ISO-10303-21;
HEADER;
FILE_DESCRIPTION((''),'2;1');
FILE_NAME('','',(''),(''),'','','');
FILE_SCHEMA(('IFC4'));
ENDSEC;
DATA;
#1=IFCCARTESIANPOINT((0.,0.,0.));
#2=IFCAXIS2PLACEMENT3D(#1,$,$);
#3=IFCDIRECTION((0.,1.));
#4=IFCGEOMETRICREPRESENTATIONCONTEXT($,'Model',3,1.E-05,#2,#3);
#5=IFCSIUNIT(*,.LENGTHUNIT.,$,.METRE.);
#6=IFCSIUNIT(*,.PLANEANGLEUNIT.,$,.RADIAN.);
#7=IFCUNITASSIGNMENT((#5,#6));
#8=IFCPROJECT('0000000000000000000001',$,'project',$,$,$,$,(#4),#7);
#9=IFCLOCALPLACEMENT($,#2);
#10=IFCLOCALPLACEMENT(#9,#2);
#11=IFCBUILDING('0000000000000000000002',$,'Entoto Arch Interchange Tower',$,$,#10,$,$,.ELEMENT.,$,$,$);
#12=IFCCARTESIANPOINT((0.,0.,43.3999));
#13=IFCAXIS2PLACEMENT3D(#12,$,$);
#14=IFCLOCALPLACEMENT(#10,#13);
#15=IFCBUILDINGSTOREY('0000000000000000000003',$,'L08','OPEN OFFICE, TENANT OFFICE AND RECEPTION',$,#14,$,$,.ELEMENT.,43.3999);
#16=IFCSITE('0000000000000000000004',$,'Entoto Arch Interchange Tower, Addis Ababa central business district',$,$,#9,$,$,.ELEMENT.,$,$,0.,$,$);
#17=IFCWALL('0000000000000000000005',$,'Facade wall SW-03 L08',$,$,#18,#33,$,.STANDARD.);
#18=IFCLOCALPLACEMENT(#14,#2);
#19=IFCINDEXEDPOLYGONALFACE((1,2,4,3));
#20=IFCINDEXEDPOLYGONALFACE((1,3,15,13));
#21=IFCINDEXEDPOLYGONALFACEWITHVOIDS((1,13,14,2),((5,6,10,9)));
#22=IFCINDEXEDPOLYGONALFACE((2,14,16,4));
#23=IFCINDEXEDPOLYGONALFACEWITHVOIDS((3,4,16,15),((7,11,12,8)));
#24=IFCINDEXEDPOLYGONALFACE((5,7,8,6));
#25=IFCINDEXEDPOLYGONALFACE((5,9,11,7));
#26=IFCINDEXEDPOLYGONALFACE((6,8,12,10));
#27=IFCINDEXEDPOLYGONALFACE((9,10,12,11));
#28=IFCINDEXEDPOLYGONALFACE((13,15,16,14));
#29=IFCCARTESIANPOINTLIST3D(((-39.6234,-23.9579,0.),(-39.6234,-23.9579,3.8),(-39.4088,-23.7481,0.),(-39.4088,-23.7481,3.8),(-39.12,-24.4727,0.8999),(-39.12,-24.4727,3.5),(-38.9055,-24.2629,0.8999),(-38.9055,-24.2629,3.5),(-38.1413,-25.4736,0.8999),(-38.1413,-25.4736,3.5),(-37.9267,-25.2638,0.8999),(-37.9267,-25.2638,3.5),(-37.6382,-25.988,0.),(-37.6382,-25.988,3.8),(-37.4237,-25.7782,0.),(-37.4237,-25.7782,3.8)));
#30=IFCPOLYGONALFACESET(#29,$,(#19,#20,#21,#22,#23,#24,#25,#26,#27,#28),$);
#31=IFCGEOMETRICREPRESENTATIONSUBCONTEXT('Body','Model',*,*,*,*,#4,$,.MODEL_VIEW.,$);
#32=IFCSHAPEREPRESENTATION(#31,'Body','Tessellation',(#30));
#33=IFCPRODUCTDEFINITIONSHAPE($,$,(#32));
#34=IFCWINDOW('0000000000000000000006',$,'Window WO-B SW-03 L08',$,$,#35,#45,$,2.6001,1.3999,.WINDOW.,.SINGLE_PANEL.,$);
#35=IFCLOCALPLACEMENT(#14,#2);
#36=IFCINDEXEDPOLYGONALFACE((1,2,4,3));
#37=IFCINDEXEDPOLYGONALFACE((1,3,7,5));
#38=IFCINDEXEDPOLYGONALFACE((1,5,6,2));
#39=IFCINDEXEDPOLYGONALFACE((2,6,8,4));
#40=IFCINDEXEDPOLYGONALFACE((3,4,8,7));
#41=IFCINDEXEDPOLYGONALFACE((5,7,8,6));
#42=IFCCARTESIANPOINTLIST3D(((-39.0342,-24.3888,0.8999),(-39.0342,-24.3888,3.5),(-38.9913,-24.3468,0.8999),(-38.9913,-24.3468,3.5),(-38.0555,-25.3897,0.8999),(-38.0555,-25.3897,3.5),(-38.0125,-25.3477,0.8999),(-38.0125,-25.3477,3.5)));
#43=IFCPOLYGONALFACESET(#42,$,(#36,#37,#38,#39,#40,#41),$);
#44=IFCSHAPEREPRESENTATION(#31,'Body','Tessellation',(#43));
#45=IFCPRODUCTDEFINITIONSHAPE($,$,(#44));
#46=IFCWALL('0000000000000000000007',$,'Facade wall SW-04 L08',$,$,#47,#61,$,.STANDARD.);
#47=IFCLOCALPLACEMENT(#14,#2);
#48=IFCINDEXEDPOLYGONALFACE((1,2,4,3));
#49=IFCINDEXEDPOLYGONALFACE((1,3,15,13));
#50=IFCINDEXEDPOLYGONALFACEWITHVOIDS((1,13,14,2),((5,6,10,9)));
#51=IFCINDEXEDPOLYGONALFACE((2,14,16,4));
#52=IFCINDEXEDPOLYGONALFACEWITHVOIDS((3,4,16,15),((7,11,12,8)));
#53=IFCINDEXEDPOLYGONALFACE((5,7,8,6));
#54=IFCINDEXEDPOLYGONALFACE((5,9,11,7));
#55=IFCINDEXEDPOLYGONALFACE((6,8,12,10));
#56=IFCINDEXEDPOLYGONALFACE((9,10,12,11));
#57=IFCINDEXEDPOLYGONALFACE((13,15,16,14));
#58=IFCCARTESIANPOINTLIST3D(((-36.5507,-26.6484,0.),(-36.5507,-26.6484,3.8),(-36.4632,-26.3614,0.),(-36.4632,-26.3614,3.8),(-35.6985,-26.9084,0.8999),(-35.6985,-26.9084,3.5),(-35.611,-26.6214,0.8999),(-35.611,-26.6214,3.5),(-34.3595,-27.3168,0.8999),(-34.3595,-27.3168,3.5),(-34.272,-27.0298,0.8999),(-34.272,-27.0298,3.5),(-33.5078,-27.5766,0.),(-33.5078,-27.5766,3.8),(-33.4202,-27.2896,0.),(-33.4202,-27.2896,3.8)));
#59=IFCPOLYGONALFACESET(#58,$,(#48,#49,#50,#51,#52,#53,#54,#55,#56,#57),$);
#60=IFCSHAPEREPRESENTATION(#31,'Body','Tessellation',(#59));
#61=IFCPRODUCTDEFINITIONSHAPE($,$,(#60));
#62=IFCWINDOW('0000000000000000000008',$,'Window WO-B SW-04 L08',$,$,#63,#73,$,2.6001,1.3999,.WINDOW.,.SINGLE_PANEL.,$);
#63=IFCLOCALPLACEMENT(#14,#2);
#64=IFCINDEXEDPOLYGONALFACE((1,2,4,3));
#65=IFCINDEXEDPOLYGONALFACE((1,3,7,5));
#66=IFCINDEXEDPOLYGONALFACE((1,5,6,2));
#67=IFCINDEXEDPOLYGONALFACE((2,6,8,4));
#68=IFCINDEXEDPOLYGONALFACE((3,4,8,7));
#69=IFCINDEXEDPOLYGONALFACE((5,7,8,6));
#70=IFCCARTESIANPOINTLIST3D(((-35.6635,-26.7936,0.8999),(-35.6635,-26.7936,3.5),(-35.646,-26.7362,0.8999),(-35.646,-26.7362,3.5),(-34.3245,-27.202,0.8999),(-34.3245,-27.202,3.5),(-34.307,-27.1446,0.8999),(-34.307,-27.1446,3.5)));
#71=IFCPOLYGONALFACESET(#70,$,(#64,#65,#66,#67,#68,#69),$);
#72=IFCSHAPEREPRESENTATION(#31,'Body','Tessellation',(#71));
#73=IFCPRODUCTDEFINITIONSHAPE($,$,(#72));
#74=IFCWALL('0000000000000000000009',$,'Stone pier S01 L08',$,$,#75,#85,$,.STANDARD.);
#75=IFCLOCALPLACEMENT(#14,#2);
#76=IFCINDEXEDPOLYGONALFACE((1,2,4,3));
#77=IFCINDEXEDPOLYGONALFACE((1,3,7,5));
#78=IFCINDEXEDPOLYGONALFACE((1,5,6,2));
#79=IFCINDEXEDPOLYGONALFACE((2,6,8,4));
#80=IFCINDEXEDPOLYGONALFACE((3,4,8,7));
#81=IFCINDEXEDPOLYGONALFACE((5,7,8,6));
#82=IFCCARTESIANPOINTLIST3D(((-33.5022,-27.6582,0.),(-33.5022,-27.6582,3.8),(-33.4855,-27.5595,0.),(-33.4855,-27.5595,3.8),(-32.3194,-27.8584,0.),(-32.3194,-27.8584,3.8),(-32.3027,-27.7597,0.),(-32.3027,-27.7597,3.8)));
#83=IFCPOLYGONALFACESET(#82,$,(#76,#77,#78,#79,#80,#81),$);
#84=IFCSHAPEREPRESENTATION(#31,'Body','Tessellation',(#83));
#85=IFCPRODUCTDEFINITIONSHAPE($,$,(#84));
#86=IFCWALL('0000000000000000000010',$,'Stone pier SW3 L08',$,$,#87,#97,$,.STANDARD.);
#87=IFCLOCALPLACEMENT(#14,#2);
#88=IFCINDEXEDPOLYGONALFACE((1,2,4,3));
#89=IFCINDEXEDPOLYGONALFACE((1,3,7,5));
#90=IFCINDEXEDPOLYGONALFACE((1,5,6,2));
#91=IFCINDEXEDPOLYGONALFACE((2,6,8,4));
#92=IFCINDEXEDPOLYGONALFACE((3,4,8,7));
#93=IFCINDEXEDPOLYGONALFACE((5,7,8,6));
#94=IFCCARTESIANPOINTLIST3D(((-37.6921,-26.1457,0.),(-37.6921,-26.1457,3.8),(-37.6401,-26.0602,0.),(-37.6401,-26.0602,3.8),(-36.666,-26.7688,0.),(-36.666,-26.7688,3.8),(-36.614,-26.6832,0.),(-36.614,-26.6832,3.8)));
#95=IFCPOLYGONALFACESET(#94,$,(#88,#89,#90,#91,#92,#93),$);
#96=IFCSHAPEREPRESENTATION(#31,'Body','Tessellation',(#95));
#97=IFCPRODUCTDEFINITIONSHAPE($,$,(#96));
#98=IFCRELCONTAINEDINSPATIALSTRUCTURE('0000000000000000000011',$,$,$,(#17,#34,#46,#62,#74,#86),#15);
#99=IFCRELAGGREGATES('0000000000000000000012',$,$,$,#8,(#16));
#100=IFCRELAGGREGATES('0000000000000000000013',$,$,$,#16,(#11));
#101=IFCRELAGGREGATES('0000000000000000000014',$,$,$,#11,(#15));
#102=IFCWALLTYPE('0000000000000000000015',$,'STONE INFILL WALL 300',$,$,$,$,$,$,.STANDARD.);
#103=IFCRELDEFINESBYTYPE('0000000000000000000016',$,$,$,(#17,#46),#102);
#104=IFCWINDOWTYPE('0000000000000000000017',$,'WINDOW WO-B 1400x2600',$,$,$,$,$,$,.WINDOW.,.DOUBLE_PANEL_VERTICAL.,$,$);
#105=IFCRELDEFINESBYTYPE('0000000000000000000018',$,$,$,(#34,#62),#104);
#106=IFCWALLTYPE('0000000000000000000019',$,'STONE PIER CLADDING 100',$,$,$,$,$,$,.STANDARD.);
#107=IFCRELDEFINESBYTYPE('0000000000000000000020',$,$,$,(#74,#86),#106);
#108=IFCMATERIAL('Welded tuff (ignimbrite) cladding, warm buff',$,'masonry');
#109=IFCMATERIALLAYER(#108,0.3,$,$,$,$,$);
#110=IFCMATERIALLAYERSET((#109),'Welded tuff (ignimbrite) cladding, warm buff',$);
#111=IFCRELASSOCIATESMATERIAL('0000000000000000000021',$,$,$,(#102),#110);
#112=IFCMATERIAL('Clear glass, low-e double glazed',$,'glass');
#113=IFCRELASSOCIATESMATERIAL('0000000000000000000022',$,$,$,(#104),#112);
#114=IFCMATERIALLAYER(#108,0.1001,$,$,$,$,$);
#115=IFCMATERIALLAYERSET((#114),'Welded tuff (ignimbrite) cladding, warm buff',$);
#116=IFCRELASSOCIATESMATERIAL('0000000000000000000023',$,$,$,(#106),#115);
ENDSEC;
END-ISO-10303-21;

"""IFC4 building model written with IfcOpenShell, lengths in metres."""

from ifc_helpers import new_model, si_unit, direction, frame, frame_2d, origin, place, context, subcontext, project, spatial, rectangle, extrude, material, layer, layer_set, type_object, element, fill, save


model = new_model("IFC4")

# Units and contexts
model_context = context("Model", 3, precision=1e-05, world=origin(), true_north=direction((0.0, 1.0)))
body_context = subcontext(model_context, "Body", "Model", "MODEL_VIEW")
ifc_project = project(units=[si_unit("LENGTHUNIT", "METRE"), si_unit("PLANEANGLEUNIT", "RADIAN")], contexts=[model_context])

# Site, building, storey
site_placement = place(None, origin())
site = spatial("IfcSite", under=ifc_project, at=site_placement, Name="Entoto Arch Interchange Tower, Addis Ababa central business district", CompositionType="ELEMENT", RefElevation=0.0)
building_placement = place(site_placement, origin())
building = spatial("IfcBuilding", under=site, at=building_placement, Name="Entoto Arch Interchange Tower", CompositionType="ELEMENT")
storey_placement = place(building_placement, frame((0.0, 0.0, 43.3999)))
storey = spatial("IfcBuildingStorey", under=building, at=storey_placement, Name="L08", Description="OPEN OFFICE, TENANT OFFICE AND RECEPTION", CompositionType="ELEMENT", Elevation=43.3999)

# Shared definitions
ifc_material_1 = material(Name="Welded tuff (ignimbrite) cladding, warm buff", Category="masonry")
ifc_layer_1 = layer(ifc_material_1, 0.3)
ifc_layer_set_1 = layer_set([ifc_layer_1], Name="Welded tuff (ignimbrite) cladding, warm buff")
wall_type_1 = type_object("IfcWallType", Name="STONE INFILL WALL 300", PredefinedType="STANDARD", material=ifc_layer_set_1)
ifc_material_2 = material(Name="Clear glass, low-e double glazed", Category="glass")

# Walls, openings, windows
window_type_1 = type_object("IfcWindowType", Name="WINDOW WO-B 1400x2600", PartitioningType="DOUBLE_PANEL_VERTICAL", PredefinedType="WINDOW", material=ifc_material_2)
wall_1_placement = place(storey_placement, frame((-39.5161, -23.853, 0.0), z_axis=(0.0, 0.0, 1.0), x_axis=(0.699152, -0.714973, 0.0)))
wall_1 = element("IfcWall", 1, at=wall_1_placement, inside=storey, type_object=wall_type_1, Name="Facade wall SW-03 L08", PredefinedType="STANDARD", context=body_context, shape_type="SweptSolid", body=[
    extrude(rectangle(XDim=2.8394, YDim=0.3, at=frame_2d((1.4197, 0.0))), origin(), (0.0, 0.0, 1.0), 3.8),
])
opening_1_placement = place(wall_1_placement, frame((0.72, 0.0, 0.8999)))
opening_1 = element("IfcOpeningElement", 2, at=opening_1_placement, cuts=wall_1, PredefinedType="OPENING", context=body_context, shape_type="SweptSolid", body=[
    extrude(rectangle(XDim=1.3999, YDim=2.6001, at=frame_2d((0.7, 1.3))), frame((0.0, 0.1602, 0.0), z_axis=(0.0, -1.0, 0.0), x_axis=(1.0, 0.0, 0.0)), (0.0, 0.0, 1.0), 0.3201),
])
window_1_placement = place(opening_1_placement, origin())
window_1 = element("IfcWindow", 3, at=window_1_placement, inside=storey, type_object=window_type_1, Name="Window WO-B SW-03 L08", OverallHeight=2.6001, OverallWidth=1.3999, PartitioningType="SINGLE_PANEL", PredefinedType="WINDOW", context=body_context, shape_type="SweptSolid", body=[
    extrude(rectangle(XDim=1.3999, YDim=2.6001, at=frame_2d((0.7, 1.3))), frame((0.0, 0.03, 0.0), z_axis=(0.0, -1.0, 0.0), x_axis=(1.0, 0.0, 0.0)), (0.0, 0.0, 1.0), 0.0601),
])
fill(opening_1, window_1)
wall_2_placement = place(storey_placement, frame((-36.5071, -26.5049, 0.0), z_axis=(0.0, 0.0, 1.0), x_axis=(0.95649, -0.291766, 0.0)))
wall_2 = element("IfcWall", 4, at=wall_2_placement, inside=storey, type_object=wall_type_1, Name="Facade wall SW-04 L08", PredefinedType="STANDARD", context=body_context, shape_type="SweptSolid", body=[
    extrude(rectangle(XDim=3.1814, YDim=0.3, at=frame_2d((1.5908, 0.0))), origin(), (0.0, 0.0, 1.0), 3.8),
])
opening_2_placement = place(wall_2_placement, frame((0.8911, 0.0, 0.8999)))
opening_2 = element("IfcOpeningElement", 5, at=opening_2_placement, cuts=wall_2, PredefinedType="OPENING", context=body_context, shape_type="SweptSolid", body=[
    extrude(rectangle(XDim=1.3999, YDim=2.6001, at=frame_2d((0.7, 1.3))), frame((0.0, 0.1602, 0.0), z_axis=(0.0, -1.0, 0.0), x_axis=(1.0, 0.0, 0.0)), (0.0, 0.0, 1.0), 0.3201),
])
window_2_placement = place(opening_2_placement, origin())
window_2 = element("IfcWindow", 6, at=window_2_placement, inside=storey, type_object=window_type_1, Name="Window WO-B SW-04 L08", OverallHeight=2.6001, OverallWidth=1.3999, PartitioningType="SINGLE_PANEL", PredefinedType="WINDOW", context=body_context, shape_type="SweptSolid", body=[
    extrude(rectangle(XDim=1.3999, YDim=2.6001, at=frame_2d((0.7, 1.3))), frame((0.0, 0.03, 0.0), z_axis=(0.0, -1.0, 0.0), x_axis=(1.0, 0.0, 0.0)), (0.0, 0.0, 1.0), 0.0601),
])
fill(opening_2, window_2)

# Walls
ifc_layer_2 = layer(ifc_material_1, 0.1001)
ifc_layer_set_2 = layer_set([ifc_layer_2], Name="Welded tuff (ignimbrite) cladding, warm buff")
wall_type_2 = type_object("IfcWallType", Name="STONE PIER CLADDING 100", PredefinedType="STANDARD", material=ifc_layer_set_2)
wall_3_placement = place(storey_placement, frame((-33.4939, -27.6089, 0.0), z_axis=(0.0, 0.0, 1.0), x_axis=(0.985978, -0.166874, 0.0)))
element("IfcWall", 7, at=wall_3_placement, inside=storey, type_object=wall_type_2, Name="Stone pier S01 L08", PredefinedType="STANDARD", context=body_context, shape_type="SweptSolid", body=[
    extrude(rectangle(XDim=1.1997, YDim=0.1001, at=frame_2d((0.5999, 0.0))), origin(), (0.0, 0.0, 1.0), 3.8),
])
wall_4_placement = place(storey_placement, frame((-37.666, -26.103, 0.0), z_axis=(0.0, 0.0, 1.0), x_axis=(0.854771, -0.519005, 0.0)))
element("IfcWall", 8, at=wall_4_placement, inside=storey, type_object=wall_type_2, Name="Stone pier SW3 L08", PredefinedType="STANDARD", context=body_context, shape_type="SweptSolid", body=[
    extrude(rectangle(XDim=1.2004, YDim=0.1001, at=frame_2d((0.6001, 0.0))), origin(), (0.0, 0.0, 1.0), 3.8),
])

save(model, "model.ifc")
